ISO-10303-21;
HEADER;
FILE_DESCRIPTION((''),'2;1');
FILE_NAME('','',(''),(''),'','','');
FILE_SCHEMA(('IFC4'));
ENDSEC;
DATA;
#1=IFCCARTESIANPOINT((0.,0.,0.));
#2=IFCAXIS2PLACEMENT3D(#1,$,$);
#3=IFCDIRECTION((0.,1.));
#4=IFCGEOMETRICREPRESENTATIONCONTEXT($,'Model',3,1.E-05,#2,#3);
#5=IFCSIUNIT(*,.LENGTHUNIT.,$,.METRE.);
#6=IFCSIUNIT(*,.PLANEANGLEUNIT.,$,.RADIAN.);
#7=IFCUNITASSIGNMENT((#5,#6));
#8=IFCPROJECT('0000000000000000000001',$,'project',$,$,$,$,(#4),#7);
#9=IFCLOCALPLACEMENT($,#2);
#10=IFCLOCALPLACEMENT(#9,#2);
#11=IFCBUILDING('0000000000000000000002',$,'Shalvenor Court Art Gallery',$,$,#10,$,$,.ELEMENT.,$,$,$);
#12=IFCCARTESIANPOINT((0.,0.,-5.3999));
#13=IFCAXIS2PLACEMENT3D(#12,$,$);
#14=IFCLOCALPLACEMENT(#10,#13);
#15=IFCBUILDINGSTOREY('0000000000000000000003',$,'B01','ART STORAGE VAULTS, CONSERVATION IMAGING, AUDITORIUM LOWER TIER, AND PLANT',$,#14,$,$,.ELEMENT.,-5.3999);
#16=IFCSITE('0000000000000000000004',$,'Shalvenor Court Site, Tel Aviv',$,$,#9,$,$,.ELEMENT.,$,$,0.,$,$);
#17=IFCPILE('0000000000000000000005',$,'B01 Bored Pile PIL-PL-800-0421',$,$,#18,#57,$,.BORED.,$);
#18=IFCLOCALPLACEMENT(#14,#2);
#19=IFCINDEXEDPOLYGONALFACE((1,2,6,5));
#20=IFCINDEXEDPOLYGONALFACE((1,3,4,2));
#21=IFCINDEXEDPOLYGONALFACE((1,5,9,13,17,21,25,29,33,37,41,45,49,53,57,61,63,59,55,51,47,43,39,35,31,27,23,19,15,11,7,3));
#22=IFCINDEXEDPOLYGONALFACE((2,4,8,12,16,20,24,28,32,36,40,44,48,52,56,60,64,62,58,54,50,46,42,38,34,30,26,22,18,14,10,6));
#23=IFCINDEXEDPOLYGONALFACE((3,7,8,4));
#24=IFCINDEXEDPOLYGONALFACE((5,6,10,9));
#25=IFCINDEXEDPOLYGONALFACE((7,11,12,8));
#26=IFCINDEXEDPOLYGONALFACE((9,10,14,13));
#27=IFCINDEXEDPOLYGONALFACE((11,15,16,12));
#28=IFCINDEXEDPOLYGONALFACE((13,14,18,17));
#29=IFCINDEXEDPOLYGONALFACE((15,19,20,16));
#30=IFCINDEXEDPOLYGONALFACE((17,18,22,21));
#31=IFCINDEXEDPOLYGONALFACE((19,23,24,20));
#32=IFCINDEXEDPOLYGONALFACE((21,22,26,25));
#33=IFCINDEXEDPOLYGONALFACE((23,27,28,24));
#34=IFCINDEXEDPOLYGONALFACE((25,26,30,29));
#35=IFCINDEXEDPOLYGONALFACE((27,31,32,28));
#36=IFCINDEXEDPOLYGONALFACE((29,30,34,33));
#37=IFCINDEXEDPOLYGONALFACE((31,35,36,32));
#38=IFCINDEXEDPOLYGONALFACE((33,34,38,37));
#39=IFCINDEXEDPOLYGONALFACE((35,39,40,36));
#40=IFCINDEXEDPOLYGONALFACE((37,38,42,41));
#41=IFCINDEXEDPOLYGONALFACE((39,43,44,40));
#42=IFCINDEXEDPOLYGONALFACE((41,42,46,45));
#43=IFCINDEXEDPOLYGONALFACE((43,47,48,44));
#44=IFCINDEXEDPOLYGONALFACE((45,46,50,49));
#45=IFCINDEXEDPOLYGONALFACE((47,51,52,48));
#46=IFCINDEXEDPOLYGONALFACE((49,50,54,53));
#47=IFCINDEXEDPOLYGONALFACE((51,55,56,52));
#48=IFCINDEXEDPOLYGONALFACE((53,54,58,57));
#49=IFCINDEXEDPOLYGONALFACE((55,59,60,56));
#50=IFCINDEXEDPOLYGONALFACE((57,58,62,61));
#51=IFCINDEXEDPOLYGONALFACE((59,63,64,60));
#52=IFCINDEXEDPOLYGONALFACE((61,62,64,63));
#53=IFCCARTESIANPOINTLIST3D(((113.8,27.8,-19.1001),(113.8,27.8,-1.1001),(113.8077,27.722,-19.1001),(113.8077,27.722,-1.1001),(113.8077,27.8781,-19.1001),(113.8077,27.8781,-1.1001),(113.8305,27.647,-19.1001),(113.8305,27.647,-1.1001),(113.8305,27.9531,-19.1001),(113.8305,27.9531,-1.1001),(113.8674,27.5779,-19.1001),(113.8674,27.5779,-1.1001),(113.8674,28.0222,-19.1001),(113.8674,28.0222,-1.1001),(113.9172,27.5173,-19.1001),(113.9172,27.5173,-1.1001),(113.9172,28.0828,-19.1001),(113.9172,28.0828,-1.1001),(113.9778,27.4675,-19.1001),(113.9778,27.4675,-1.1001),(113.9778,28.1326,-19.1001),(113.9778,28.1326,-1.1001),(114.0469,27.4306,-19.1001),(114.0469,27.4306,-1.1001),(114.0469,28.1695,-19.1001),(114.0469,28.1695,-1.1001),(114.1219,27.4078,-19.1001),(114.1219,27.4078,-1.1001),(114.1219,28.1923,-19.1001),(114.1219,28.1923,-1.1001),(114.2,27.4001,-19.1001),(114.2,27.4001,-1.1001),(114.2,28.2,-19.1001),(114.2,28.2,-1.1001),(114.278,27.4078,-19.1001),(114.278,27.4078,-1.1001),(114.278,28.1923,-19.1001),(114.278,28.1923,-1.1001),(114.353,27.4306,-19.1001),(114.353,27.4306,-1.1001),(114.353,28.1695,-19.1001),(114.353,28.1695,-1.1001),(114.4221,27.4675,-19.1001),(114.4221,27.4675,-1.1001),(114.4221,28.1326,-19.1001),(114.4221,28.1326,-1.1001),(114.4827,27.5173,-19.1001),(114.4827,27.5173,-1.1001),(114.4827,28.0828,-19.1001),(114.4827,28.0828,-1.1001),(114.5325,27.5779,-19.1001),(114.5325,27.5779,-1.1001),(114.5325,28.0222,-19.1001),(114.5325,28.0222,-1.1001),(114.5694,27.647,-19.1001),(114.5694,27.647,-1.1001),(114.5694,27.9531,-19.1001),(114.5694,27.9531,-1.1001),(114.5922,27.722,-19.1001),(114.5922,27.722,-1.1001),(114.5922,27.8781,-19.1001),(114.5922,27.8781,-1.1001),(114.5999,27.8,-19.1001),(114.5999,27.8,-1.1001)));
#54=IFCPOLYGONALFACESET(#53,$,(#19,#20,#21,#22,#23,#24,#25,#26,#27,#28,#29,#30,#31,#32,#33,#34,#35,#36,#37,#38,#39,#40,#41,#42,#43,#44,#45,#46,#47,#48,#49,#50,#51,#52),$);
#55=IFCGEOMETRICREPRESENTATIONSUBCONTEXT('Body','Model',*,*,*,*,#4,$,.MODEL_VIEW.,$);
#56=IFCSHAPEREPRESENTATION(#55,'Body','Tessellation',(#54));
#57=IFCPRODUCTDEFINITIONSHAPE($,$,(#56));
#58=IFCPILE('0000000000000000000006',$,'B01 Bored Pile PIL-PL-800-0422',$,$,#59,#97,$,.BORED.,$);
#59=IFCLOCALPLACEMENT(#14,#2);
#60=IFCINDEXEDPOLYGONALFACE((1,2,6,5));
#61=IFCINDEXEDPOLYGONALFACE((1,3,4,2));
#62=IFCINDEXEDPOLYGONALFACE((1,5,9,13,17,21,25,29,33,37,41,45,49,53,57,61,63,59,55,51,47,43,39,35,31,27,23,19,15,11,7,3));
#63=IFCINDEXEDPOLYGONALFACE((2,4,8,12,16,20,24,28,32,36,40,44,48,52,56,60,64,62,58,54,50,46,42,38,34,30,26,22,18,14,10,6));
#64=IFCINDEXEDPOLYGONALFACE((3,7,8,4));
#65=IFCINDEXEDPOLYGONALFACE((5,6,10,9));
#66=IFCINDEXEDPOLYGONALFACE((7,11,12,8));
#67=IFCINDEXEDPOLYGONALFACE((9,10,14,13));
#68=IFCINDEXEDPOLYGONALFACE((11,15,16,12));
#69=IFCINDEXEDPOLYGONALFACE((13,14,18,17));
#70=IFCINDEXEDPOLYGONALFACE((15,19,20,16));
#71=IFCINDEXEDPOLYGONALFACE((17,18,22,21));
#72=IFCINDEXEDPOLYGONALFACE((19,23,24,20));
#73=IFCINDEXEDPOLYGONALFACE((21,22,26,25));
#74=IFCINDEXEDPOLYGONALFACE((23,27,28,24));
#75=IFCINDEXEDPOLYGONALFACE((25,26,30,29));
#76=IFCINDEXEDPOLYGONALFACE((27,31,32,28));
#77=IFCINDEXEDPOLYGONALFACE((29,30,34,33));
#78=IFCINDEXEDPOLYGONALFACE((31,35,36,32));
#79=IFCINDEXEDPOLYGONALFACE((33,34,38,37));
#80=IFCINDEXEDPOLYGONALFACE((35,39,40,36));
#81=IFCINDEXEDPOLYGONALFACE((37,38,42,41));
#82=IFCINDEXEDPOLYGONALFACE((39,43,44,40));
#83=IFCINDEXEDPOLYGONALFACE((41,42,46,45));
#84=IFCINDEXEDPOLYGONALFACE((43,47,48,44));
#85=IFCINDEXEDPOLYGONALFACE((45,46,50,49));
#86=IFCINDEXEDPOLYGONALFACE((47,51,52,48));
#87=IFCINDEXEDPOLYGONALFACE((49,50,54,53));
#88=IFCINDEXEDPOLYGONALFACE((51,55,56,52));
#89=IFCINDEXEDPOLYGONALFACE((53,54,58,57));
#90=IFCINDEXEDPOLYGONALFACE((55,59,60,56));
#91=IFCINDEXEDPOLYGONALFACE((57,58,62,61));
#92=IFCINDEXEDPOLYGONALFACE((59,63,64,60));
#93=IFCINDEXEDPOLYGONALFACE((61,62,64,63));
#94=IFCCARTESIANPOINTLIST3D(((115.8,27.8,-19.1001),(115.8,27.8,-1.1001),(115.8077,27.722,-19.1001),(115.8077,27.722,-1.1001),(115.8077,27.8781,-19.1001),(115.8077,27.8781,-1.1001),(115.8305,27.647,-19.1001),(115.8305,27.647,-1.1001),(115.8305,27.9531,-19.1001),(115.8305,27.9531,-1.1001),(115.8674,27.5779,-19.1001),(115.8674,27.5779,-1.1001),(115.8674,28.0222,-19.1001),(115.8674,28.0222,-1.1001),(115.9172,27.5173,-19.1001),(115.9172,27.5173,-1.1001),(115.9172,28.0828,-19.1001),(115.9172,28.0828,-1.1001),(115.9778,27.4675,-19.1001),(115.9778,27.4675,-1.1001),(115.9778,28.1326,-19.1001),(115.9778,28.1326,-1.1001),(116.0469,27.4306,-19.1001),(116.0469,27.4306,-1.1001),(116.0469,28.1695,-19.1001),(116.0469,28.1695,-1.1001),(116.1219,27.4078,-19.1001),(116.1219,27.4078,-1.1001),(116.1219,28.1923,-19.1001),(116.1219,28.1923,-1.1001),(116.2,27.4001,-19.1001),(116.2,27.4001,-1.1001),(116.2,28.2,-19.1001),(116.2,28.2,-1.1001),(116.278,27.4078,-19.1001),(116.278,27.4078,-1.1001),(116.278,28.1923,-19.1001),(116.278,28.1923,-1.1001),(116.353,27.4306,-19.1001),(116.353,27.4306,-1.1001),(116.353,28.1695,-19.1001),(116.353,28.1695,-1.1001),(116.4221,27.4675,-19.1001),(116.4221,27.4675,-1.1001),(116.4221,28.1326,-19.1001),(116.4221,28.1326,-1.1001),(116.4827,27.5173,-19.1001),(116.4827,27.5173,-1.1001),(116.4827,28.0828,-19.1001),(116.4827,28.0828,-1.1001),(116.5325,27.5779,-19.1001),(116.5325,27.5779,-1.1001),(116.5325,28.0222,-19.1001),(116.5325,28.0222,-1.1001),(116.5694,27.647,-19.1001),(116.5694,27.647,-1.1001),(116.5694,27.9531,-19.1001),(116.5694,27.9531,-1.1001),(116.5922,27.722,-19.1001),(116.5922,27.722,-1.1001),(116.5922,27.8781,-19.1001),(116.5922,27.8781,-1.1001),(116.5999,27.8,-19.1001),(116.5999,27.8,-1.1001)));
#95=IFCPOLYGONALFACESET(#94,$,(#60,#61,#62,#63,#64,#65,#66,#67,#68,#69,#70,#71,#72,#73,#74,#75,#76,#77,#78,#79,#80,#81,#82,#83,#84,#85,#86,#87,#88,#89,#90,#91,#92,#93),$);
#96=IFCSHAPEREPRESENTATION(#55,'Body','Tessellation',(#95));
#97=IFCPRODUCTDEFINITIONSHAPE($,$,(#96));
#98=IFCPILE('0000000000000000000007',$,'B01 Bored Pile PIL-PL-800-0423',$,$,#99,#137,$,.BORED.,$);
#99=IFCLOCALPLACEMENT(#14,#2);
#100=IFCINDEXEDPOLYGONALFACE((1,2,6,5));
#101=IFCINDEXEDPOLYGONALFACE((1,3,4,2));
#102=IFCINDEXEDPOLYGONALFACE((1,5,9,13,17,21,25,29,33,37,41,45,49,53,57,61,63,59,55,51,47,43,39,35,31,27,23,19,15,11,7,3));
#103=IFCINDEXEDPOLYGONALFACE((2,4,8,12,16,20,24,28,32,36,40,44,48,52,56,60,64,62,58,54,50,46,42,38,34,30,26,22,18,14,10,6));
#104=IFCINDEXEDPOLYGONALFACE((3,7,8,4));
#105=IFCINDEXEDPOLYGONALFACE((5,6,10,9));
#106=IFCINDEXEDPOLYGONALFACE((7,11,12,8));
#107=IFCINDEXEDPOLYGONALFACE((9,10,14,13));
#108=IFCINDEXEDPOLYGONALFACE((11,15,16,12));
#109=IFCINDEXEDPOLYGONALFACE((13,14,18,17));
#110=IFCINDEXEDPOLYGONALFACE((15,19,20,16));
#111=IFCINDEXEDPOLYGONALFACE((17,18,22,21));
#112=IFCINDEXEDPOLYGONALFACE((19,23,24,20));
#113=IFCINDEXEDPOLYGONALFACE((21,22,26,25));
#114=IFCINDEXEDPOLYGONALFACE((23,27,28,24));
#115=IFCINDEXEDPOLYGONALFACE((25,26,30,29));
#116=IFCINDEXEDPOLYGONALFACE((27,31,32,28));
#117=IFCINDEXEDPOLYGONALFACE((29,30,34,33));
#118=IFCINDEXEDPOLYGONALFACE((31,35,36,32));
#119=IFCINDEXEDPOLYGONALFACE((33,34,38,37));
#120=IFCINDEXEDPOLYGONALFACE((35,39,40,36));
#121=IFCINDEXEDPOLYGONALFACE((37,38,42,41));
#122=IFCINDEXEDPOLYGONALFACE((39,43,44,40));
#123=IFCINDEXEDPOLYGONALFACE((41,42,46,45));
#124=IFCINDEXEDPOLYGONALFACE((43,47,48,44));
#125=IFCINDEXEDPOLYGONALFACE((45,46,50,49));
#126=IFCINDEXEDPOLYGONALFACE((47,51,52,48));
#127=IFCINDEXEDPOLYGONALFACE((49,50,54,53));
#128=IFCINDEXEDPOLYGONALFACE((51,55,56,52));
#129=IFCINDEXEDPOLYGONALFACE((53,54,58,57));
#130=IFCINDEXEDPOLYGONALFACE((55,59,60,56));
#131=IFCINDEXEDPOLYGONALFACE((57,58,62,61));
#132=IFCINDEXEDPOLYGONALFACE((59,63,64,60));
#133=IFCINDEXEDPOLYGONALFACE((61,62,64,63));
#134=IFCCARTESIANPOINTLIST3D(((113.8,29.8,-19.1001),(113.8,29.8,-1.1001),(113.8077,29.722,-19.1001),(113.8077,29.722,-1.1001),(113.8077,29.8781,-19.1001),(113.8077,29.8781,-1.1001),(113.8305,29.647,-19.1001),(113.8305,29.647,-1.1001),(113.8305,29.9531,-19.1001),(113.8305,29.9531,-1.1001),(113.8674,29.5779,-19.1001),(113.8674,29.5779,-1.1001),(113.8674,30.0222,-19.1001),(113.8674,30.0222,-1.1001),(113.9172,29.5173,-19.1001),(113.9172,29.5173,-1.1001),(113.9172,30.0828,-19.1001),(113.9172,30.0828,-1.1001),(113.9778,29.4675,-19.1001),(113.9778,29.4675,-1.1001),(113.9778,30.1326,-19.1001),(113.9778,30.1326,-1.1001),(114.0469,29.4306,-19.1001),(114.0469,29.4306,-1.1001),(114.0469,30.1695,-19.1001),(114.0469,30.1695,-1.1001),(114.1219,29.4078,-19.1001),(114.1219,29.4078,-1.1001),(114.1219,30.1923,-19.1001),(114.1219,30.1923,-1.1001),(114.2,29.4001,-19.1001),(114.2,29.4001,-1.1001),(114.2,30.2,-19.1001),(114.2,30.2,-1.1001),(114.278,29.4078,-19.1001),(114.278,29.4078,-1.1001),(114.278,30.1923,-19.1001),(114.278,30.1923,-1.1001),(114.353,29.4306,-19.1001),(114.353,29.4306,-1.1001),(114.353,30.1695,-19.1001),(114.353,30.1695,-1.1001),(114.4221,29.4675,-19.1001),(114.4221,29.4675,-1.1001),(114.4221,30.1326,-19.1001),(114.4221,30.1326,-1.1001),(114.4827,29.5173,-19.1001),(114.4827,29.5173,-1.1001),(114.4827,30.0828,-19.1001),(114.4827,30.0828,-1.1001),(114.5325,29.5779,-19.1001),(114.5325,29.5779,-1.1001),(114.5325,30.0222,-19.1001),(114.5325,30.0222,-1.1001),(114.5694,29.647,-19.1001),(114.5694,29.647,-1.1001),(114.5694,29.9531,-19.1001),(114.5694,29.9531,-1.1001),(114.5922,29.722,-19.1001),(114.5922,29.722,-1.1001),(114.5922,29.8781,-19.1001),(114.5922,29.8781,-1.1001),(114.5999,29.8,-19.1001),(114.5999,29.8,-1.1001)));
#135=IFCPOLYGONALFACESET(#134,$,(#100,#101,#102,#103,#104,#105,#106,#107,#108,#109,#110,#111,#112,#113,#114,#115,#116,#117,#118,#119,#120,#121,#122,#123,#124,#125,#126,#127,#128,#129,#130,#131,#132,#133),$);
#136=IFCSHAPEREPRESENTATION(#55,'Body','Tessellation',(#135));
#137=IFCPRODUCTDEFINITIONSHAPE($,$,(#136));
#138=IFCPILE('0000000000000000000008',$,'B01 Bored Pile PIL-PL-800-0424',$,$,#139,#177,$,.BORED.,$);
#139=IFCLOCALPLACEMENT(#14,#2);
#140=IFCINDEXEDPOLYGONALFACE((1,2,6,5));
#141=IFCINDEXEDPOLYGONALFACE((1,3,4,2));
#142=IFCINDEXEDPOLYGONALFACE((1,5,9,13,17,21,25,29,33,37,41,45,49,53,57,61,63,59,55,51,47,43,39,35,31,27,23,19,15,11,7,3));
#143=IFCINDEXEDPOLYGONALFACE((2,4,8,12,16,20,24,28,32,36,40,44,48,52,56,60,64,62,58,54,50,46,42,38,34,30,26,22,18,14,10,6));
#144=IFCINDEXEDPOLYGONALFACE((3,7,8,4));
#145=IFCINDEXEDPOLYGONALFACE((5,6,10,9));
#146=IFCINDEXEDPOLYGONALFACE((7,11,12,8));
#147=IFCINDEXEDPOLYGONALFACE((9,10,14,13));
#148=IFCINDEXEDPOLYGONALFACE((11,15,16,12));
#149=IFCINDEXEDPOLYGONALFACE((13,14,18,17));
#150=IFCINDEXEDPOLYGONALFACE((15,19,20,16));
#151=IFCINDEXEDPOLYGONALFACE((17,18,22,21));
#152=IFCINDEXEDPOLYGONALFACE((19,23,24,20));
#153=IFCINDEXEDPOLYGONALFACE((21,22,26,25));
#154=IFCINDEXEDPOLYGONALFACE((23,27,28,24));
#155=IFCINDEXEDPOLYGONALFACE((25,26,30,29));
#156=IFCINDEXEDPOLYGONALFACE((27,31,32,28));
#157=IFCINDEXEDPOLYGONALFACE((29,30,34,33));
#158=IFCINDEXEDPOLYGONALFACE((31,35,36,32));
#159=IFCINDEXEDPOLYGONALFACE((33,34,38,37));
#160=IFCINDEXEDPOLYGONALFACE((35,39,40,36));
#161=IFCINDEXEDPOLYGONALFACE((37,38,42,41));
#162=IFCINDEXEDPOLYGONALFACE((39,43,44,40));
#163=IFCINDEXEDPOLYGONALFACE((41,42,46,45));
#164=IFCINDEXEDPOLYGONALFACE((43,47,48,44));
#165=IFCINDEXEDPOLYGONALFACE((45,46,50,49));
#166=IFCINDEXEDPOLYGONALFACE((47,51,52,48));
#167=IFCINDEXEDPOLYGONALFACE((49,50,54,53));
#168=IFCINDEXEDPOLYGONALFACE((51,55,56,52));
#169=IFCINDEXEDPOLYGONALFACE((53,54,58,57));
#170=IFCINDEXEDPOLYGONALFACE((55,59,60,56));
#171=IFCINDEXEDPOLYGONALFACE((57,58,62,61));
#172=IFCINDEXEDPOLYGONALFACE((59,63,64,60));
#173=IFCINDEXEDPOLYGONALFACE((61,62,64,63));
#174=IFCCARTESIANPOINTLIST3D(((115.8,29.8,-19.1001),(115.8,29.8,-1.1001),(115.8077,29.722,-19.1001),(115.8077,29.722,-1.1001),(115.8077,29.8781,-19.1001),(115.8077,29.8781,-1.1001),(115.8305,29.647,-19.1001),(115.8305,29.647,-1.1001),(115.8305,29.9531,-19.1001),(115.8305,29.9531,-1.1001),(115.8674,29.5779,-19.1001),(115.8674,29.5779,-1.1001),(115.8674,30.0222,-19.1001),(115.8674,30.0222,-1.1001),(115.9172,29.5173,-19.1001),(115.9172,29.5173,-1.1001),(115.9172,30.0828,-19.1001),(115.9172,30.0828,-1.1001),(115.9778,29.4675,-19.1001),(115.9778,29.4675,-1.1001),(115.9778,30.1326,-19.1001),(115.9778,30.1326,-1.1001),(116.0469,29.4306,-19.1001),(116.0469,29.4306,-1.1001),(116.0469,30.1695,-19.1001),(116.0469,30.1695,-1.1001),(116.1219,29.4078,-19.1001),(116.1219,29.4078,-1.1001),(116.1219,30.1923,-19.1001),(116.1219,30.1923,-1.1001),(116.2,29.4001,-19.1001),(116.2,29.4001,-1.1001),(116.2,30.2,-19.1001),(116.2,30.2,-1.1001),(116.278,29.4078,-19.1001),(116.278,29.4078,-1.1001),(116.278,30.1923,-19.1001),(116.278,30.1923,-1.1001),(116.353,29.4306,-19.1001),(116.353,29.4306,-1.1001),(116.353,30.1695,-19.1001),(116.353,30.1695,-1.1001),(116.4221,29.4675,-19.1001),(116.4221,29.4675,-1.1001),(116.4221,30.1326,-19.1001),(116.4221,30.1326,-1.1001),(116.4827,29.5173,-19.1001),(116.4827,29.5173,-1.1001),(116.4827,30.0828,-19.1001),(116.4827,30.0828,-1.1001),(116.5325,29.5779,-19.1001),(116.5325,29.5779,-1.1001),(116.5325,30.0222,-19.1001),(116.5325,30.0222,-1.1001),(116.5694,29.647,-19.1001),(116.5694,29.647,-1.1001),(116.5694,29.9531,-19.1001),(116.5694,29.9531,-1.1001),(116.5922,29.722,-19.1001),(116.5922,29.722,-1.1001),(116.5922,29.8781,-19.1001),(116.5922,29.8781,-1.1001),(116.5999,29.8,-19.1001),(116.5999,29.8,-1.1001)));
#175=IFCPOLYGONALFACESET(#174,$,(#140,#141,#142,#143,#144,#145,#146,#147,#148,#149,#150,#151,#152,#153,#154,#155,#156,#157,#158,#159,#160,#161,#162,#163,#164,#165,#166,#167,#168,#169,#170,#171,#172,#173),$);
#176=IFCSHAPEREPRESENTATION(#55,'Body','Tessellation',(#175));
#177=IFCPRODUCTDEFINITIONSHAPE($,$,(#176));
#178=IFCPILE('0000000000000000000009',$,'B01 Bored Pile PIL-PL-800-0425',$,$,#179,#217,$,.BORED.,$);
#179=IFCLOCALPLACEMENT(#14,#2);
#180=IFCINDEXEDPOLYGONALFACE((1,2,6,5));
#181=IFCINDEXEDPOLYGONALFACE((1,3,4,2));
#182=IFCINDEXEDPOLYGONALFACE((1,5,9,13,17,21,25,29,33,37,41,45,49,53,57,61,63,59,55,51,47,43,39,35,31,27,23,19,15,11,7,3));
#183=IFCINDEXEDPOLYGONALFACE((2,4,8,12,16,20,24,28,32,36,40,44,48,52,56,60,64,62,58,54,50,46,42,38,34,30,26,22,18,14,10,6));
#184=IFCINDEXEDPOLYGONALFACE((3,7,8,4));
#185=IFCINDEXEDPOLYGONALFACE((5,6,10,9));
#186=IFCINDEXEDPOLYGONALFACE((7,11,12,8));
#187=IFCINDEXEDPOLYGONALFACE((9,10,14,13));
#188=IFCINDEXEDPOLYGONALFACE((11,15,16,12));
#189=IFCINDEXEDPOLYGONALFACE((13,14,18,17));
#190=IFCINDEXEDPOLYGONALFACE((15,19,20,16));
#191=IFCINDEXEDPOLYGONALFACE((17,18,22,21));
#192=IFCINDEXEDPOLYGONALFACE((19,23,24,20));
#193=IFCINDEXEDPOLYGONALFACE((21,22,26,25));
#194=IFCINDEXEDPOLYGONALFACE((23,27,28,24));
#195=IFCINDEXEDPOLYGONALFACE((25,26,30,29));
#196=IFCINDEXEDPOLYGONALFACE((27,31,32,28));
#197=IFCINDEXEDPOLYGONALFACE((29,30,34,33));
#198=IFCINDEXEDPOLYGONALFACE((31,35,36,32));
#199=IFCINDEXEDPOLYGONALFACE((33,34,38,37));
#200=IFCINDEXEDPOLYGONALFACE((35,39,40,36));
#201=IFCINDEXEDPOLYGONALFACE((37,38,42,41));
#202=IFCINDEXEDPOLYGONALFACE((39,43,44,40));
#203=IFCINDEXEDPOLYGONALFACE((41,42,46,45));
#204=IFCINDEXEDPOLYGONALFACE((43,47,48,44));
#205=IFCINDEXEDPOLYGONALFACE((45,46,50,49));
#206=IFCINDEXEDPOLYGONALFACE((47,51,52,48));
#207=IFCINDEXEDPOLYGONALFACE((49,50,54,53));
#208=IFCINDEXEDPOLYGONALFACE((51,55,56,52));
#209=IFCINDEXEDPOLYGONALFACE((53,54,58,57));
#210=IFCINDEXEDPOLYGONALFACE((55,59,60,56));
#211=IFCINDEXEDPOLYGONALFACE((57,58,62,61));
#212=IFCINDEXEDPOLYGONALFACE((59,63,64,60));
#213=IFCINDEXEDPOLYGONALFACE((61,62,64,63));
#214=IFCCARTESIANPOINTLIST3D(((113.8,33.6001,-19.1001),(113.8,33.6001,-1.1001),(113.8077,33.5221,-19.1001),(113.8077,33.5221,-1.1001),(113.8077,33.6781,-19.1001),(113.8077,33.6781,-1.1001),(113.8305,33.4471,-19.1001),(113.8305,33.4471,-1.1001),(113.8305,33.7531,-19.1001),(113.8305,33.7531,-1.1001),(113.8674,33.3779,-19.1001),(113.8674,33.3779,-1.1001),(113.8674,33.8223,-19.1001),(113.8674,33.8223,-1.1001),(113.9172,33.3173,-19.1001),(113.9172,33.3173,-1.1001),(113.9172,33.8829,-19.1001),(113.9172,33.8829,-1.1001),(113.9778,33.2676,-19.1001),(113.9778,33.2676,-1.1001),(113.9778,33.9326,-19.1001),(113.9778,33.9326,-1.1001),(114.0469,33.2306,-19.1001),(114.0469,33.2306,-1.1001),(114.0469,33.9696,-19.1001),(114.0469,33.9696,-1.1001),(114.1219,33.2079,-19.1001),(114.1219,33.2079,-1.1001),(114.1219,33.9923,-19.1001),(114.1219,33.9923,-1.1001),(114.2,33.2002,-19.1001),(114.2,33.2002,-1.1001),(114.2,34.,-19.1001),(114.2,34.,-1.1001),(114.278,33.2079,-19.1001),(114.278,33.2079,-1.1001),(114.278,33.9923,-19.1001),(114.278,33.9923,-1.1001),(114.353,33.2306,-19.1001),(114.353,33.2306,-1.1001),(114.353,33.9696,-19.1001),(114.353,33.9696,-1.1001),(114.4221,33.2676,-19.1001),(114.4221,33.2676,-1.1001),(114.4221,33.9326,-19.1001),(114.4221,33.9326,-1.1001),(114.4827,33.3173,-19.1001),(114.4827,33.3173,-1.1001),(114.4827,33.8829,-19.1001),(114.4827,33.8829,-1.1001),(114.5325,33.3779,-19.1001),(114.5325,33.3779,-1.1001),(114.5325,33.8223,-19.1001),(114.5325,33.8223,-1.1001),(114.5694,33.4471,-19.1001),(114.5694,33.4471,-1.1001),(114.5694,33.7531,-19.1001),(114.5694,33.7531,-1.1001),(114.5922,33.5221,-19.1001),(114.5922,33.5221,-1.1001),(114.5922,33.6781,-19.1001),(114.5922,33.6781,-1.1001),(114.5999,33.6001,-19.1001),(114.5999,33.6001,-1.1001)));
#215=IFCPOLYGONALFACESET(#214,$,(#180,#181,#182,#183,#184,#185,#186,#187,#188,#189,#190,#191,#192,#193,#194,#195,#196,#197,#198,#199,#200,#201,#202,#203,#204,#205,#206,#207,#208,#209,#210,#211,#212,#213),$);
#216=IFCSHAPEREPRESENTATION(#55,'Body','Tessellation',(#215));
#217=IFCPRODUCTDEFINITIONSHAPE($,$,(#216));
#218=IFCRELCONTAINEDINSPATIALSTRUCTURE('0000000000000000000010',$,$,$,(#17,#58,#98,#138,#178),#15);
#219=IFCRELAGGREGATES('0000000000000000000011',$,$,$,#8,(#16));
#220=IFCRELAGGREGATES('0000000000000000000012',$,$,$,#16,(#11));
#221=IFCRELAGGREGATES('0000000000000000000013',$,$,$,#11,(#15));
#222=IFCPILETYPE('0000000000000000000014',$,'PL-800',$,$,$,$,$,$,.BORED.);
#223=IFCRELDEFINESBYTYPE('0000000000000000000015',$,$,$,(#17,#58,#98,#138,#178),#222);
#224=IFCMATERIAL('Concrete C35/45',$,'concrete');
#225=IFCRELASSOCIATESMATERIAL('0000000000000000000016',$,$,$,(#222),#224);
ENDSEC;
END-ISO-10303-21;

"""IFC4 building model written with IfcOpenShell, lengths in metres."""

from ifc_helpers import new_model, si_unit, direction, frame, origin, origin_2d, place, context, subcontext, project, spatial, circle, extrude, material, material_profile, profile_set, type_object, element, save


model = new_model("IFC4")

# Units and contexts
model_context = context("Model", 3, precision=1e-05, world=origin(), true_north=direction((0.0, 1.0)))
body_context = subcontext(model_context, "Body", "Model", "MODEL_VIEW")
ifc_project = project(units=[si_unit("LENGTHUNIT", "METRE"), si_unit("PLANEANGLEUNIT", "RADIAN")], contexts=[model_context])

# Site, building, storey
site_placement = place(None, origin())
site = spatial("IfcSite", under=ifc_project, at=site_placement, Name="Shalvenor Court Site, Tel Aviv", CompositionType="ELEMENT", RefElevation=0.0)
building_placement = place(site_placement, origin())
building = spatial("IfcBuilding", under=site, at=building_placement, Name="Shalvenor Court Art Gallery", CompositionType="ELEMENT")
storey_placement = place(building_placement, frame((0.0, 0.0, -5.3999)))
storey = spatial("IfcBuildingStorey", under=building, at=storey_placement, Name="B01", Description="ART STORAGE VAULTS, CONSERVATION IMAGING, AUDITORIUM LOWER TIER, AND PLANT", CompositionType="ELEMENT", Elevation=-5.3999)

# Piles
ifc_material_1 = material(Name="Concrete C35/45", Category="concrete")
ifc_material_profile_1 = material_profile(ifc_material_1, circle(Radius=0.3999, at=origin_2d()), Name="PILE 800")
ifc_profile_set_1 = profile_set([ifc_material_profile_1], Name="Concrete C35/45")
pile_type = type_object("IfcPileType", Name="PL-800", PredefinedType="BORED", material=ifc_profile_set_1)
for number, where, z_axis, x_axis, name in (
    (1, (114.2, 27.8, -1.1001), (0.0, 0.0, -1.0), (1.0, 0.0, 0.0), "B01 Bored Pile PIL-PL-800-0421"),
    (2, (116.2, 27.8, -1.1001), (0.0, 0.0, -1.0), (1.0, 0.0, 0.0), "B01 Bored Pile PIL-PL-800-0422"),
    (3, (114.2, 29.8, -1.1001), (0.0, 0.0, -1.0), (1.0, 0.0, 0.0), "B01 Bored Pile PIL-PL-800-0423"),
    (4, (116.2, 29.8, -1.1001), (0.0, 0.0, -1.0), (1.0, 0.0, 0.0), "B01 Bored Pile PIL-PL-800-0424"),
    (5, (114.2, 33.6001, -1.1001), (0.0, 0.0, -1.0), (1.0, 0.0, 0.0), "B01 Bored Pile PIL-PL-800-0425"),
):
    element("IfcPile", number, at=place(storey_placement, frame(where, z_axis=z_axis, x_axis=x_axis)), inside=storey, type_object=pile_type, Name=name, PredefinedType="BORED", context=body_context, shape_type="SweptSolid", body=[
        extrude(circle(Radius=0.3999, at=origin_2d()), origin(), (0.0, 0.0, 1.0), 18.0),
    ])

save(model, "model.ifc")
